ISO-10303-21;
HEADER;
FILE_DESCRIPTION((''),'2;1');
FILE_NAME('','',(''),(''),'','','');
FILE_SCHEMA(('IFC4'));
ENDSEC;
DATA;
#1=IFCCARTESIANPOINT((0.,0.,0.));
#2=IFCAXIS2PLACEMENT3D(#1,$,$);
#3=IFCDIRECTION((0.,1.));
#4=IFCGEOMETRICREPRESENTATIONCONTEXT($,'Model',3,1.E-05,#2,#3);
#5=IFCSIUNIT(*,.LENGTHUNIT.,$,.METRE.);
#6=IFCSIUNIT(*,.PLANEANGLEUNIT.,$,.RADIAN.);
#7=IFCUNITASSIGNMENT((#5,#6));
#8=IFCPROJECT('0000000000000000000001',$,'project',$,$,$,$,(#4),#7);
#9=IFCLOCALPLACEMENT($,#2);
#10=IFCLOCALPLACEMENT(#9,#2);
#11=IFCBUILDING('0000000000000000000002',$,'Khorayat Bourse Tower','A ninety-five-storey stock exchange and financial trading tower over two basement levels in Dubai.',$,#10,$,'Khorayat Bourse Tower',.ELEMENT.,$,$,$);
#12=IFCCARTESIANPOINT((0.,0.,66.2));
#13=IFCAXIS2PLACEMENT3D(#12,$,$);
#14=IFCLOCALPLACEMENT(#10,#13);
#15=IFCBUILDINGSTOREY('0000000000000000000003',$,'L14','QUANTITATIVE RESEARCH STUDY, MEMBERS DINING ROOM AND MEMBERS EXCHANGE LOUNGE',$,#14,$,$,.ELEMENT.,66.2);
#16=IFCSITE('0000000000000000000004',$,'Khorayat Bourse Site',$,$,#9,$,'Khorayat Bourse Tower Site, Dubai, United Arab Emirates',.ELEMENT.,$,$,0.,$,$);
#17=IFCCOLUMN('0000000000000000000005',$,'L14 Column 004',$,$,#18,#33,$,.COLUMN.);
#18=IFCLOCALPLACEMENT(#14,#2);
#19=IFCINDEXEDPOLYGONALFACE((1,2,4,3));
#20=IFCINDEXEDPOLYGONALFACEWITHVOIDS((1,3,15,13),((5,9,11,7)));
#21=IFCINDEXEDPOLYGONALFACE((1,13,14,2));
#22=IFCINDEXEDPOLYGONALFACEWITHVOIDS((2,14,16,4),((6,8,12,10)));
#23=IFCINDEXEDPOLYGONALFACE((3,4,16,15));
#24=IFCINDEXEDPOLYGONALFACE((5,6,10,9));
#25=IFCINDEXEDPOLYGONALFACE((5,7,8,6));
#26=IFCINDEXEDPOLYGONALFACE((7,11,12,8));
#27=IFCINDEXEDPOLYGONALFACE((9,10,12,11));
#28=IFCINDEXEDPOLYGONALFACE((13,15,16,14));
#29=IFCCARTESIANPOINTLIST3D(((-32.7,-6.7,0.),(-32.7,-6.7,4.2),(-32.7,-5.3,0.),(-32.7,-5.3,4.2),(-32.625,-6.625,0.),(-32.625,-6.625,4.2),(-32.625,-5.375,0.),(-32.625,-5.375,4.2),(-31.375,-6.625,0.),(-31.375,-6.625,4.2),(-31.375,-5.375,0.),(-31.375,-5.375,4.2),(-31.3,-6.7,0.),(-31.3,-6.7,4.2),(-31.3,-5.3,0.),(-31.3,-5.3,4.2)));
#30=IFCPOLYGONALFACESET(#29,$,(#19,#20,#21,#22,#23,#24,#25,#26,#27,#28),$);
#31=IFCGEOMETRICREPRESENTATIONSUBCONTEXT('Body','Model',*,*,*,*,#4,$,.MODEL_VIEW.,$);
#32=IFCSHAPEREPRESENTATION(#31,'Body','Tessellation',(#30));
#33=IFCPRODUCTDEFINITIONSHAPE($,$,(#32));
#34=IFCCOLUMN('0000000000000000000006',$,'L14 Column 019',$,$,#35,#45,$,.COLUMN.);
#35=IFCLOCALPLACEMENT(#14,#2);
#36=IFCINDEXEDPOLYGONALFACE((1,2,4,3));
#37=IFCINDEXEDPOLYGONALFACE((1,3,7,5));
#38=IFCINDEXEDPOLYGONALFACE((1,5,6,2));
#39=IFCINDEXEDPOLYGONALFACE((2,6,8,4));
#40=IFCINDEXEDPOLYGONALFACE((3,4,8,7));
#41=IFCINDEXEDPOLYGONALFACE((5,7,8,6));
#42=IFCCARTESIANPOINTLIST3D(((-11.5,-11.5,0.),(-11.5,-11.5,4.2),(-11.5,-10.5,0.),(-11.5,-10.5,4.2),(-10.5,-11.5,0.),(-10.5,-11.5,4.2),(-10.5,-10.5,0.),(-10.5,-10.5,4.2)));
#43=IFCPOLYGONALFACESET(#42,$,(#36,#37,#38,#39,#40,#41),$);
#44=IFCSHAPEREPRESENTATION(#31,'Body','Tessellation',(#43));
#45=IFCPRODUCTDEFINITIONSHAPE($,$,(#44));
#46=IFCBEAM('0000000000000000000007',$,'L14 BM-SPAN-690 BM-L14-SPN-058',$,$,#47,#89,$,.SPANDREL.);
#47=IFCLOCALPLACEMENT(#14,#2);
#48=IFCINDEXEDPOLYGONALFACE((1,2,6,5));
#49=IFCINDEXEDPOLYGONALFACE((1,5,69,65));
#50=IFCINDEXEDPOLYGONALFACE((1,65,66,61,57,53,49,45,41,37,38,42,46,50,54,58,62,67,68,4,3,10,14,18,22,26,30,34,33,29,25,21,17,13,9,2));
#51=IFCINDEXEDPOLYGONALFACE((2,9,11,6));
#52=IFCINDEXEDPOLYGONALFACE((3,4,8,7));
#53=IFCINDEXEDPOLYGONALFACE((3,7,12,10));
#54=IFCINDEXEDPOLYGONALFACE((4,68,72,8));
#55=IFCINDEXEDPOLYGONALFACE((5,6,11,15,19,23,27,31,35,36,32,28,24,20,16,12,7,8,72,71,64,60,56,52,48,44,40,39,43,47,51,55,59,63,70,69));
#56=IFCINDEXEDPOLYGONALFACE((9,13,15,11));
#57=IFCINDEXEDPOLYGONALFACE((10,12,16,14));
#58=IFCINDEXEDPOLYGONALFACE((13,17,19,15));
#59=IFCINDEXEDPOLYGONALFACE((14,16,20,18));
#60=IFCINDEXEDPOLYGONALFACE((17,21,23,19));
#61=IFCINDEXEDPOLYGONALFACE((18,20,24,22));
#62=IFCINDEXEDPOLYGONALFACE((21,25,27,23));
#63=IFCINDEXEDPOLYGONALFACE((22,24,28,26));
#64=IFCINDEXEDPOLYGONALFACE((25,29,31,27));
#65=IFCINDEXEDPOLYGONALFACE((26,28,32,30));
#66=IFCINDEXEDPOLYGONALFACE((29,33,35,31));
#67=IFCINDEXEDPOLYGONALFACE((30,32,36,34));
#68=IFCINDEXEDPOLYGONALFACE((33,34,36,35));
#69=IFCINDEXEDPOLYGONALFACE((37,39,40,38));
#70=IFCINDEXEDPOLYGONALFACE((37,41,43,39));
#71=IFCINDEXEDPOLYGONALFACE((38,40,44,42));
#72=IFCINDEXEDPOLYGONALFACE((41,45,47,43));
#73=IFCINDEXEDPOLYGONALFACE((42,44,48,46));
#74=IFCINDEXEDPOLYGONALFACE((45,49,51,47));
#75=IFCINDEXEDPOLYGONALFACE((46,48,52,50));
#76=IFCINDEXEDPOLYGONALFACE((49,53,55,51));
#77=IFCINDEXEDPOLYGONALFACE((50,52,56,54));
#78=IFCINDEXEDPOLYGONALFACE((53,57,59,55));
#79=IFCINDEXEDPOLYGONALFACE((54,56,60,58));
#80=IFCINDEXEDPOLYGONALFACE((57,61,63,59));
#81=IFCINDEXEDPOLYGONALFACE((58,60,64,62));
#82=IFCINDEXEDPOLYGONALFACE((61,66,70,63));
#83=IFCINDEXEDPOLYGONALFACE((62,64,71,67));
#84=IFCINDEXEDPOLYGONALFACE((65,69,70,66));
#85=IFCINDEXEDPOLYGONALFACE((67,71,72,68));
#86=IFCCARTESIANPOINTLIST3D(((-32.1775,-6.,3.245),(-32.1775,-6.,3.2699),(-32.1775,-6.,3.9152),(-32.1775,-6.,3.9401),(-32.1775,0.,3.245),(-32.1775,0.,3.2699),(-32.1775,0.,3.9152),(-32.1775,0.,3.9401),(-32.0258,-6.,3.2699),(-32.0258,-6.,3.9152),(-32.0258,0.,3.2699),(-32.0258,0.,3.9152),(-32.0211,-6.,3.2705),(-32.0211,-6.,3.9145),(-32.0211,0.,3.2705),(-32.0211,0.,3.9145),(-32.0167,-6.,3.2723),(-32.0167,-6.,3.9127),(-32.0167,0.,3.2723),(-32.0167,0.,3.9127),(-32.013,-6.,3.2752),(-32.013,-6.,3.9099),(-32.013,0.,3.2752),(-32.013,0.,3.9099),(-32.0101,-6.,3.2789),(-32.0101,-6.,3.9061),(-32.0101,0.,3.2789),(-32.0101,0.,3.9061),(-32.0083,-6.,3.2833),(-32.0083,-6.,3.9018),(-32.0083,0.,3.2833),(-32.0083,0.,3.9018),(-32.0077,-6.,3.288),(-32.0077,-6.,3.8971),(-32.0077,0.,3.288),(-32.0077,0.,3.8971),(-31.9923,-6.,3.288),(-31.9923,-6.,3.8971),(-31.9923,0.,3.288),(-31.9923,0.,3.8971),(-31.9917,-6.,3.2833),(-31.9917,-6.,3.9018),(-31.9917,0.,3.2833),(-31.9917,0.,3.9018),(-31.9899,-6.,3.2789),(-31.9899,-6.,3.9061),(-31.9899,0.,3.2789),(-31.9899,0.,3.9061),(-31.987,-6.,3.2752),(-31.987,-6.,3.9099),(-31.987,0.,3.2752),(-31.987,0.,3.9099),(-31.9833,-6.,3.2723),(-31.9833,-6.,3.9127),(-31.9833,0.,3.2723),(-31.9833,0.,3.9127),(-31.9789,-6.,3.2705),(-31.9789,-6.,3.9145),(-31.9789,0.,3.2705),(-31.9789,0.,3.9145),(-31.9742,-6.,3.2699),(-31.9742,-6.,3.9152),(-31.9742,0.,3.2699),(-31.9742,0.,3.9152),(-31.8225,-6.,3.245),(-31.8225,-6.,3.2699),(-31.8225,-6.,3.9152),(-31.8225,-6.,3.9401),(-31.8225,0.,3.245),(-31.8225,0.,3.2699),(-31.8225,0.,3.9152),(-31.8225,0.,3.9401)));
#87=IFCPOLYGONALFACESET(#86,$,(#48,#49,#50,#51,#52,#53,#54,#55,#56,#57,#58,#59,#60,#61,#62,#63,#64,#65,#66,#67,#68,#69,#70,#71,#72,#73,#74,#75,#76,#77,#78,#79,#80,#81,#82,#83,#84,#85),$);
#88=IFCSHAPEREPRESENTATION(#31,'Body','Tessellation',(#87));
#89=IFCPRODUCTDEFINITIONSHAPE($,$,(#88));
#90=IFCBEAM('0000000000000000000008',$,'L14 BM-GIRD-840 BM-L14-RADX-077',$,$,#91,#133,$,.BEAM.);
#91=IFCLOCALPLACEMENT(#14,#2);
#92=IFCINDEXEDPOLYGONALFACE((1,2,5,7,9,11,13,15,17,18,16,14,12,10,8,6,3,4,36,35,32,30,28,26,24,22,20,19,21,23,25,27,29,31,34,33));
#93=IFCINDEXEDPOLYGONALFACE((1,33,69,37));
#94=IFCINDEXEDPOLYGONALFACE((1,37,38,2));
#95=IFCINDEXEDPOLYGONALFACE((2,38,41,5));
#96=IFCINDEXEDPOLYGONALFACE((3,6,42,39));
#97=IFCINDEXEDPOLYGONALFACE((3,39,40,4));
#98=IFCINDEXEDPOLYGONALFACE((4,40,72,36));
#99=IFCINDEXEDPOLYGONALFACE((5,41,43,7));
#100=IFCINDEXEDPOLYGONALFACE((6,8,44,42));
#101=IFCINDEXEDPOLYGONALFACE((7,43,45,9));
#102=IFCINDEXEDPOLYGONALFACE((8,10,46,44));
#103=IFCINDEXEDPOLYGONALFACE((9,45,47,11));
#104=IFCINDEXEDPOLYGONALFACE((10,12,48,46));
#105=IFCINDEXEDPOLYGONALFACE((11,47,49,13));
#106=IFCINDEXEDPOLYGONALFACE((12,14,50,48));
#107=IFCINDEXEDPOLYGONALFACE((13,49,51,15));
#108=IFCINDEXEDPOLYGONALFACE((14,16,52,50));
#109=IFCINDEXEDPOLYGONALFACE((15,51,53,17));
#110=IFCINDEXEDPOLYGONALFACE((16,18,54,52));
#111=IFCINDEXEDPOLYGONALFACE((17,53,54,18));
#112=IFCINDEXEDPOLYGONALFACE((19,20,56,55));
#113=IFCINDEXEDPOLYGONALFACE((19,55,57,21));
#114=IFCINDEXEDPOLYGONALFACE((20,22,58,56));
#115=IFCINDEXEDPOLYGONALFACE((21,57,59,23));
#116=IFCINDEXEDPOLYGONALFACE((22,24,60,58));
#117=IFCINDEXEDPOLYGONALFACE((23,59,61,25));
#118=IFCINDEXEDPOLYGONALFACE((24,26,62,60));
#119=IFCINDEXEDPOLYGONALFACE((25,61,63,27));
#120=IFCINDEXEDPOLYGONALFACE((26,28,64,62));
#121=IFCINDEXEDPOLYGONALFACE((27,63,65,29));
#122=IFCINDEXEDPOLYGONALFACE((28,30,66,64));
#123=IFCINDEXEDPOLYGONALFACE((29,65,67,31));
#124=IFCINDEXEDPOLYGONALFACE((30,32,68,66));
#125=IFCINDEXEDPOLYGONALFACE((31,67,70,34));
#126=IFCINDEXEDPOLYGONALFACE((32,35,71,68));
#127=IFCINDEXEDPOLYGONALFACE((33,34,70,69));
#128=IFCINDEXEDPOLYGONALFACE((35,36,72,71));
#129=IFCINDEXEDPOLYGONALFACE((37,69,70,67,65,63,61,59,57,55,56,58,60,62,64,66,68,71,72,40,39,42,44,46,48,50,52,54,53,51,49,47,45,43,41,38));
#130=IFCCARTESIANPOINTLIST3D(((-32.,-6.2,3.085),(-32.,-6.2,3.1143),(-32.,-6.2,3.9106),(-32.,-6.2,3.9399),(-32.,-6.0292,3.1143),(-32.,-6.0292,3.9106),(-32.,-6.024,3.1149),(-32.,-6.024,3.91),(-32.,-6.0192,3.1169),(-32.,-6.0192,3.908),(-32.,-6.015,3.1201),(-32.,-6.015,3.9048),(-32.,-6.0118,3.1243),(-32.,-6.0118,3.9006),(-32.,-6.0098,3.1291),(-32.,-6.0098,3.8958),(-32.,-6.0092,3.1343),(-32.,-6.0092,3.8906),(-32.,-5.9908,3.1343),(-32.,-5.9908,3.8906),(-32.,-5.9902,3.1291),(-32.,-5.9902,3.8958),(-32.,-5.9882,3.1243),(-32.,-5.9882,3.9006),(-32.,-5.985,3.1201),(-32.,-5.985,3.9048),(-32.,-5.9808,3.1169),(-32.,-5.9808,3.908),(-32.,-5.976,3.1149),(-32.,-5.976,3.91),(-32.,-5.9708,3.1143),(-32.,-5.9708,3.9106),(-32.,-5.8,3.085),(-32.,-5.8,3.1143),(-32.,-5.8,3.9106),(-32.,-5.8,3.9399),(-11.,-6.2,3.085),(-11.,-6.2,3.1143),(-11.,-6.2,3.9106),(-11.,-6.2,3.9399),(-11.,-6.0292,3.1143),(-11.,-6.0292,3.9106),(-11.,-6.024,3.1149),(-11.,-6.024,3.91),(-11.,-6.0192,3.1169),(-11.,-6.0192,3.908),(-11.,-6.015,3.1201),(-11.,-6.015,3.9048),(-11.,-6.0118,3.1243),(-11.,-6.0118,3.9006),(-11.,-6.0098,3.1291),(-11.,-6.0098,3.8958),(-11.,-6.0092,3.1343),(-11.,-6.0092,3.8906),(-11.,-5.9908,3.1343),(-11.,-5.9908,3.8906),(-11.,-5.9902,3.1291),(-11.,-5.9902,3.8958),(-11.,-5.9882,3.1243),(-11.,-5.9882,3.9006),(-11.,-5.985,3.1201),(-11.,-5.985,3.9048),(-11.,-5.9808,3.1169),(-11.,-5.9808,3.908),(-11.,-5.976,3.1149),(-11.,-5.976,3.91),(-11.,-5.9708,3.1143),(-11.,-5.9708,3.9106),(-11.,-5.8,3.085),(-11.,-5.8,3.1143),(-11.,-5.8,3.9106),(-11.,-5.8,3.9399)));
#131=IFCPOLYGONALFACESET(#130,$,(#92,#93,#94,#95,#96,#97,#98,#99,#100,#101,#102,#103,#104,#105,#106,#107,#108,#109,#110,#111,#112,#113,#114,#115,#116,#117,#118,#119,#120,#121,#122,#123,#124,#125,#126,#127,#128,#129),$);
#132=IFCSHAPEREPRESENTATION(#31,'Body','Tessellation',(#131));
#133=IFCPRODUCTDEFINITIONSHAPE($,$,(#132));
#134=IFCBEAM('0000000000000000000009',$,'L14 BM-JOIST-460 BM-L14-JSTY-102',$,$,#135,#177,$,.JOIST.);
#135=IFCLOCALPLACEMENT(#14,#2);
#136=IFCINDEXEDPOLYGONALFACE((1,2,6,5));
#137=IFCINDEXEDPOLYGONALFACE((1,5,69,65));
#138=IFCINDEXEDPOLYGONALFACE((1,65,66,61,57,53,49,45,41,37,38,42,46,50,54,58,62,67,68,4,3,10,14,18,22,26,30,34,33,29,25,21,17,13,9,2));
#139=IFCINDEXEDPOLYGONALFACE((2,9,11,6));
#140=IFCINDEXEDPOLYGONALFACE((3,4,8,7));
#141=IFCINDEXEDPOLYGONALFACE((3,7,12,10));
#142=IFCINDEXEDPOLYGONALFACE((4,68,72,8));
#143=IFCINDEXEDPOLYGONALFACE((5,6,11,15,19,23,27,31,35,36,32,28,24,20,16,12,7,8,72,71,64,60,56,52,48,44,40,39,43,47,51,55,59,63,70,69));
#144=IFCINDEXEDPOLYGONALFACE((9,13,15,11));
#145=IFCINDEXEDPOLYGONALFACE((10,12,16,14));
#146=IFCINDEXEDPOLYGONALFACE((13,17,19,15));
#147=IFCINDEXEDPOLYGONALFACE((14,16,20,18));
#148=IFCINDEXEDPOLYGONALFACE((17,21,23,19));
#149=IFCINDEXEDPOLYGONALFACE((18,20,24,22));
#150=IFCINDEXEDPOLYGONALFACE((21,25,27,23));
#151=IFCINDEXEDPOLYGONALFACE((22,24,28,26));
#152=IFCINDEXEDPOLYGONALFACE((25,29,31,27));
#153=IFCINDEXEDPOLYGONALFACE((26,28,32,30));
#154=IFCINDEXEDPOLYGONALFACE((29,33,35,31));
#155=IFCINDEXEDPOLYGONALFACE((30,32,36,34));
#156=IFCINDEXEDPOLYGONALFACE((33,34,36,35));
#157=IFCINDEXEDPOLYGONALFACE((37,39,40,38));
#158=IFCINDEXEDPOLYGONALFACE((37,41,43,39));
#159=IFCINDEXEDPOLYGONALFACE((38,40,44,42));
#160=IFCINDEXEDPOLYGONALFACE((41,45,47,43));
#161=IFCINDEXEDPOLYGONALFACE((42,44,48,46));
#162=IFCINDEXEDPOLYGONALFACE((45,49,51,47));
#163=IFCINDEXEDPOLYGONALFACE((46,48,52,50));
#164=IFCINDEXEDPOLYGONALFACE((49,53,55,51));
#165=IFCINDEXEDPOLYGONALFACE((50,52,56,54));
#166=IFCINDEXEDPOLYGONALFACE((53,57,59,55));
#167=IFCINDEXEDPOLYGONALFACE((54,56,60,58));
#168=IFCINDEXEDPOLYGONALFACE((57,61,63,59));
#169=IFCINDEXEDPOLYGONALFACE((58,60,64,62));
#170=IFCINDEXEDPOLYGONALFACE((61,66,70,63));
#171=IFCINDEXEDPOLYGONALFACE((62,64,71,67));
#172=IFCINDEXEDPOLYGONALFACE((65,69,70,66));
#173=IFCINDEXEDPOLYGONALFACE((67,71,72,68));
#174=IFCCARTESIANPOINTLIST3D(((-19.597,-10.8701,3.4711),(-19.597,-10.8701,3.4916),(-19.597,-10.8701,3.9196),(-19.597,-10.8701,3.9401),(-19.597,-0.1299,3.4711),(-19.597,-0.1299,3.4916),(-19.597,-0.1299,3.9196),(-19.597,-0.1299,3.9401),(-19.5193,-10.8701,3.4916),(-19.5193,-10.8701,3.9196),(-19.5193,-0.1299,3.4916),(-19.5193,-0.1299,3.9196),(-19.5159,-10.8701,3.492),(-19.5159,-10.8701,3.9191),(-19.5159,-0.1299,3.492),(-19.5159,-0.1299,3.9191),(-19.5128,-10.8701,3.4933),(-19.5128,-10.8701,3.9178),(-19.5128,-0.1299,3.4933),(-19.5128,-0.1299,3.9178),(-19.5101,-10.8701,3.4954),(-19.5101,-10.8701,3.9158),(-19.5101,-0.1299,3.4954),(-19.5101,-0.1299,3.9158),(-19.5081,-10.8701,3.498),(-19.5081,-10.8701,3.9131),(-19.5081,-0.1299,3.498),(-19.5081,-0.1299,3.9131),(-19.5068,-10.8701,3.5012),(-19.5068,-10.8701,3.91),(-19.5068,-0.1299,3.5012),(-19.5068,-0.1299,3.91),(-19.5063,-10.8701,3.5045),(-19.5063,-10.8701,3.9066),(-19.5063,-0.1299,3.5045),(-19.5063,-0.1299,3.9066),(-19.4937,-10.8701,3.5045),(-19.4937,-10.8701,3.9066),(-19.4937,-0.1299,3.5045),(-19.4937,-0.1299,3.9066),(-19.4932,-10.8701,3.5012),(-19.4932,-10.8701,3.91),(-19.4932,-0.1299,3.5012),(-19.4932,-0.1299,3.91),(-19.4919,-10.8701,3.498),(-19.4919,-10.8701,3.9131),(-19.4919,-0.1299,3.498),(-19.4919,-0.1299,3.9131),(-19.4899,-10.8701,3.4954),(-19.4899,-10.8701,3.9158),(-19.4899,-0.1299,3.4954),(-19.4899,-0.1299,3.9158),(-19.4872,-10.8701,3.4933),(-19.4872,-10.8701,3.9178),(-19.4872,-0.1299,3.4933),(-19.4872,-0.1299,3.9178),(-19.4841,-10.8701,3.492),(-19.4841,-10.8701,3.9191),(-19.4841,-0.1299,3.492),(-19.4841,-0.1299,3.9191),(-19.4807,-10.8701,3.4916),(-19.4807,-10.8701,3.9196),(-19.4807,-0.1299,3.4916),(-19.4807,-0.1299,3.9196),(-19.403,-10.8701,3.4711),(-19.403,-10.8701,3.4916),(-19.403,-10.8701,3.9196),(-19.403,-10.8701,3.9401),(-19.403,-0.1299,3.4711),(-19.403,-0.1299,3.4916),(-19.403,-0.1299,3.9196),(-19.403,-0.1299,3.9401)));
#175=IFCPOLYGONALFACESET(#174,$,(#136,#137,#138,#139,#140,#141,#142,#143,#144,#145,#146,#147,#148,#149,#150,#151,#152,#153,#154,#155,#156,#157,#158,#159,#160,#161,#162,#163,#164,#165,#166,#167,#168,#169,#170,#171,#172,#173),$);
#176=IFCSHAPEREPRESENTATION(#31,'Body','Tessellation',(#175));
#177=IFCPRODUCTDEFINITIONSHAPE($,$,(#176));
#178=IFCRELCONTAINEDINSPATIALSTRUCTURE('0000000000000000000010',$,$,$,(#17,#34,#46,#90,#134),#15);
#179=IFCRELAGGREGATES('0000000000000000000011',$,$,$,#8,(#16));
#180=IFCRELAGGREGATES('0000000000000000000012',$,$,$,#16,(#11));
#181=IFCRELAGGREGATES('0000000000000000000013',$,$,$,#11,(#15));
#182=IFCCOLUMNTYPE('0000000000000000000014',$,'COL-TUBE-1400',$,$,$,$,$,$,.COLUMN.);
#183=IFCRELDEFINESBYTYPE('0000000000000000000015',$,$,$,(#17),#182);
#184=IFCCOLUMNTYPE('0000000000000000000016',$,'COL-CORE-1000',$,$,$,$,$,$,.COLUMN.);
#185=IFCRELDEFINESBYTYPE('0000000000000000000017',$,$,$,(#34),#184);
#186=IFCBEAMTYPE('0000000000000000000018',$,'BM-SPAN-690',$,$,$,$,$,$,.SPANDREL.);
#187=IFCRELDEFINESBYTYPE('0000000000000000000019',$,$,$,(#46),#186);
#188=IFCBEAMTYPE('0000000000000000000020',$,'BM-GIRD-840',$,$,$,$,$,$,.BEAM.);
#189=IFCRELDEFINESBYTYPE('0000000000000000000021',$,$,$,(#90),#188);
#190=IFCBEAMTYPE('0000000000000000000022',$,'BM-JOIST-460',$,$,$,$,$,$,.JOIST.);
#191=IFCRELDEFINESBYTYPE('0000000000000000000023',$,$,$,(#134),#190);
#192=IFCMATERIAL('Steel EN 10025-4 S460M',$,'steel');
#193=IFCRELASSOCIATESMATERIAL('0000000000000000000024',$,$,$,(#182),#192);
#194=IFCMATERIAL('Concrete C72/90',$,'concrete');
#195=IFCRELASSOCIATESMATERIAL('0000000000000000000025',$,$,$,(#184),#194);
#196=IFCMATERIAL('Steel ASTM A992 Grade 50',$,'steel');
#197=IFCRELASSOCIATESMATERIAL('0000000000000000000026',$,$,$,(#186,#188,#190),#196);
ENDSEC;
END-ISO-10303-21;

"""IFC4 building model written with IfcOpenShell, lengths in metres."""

from ifc_helpers import new_model, si_unit, direction, frame, origin, origin_2d, place, context, subcontext, project, spatial, rectangle, hollow_rectangle, i_section, extrude, source, transform, mapped, material, material_profile, profile_set, type_object, element, save


model = new_model("IFC4")

# Units and contexts
model_context = context("Model", 3, precision=1e-05, world=origin(), true_north=direction((0.0, 1.0)))
body_context = subcontext(model_context, "Body", "Model", "MODEL_VIEW")
ifc_project = project(units=[si_unit("LENGTHUNIT", "METRE"), si_unit("PLANEANGLEUNIT", "RADIAN")], contexts=[model_context])

# Site, building, storey
site_placement = place(None, origin())
site = spatial("IfcSite", under=ifc_project, at=site_placement, Name="Khorayat Bourse Site", LongName="Khorayat Bourse Tower Site, Dubai, United Arab Emirates", CompositionType="ELEMENT", RefElevation=0.0)
building_placement = place(site_placement, origin())
building = spatial("IfcBuilding", under=site, at=building_placement, Name="Khorayat Bourse Tower", Description="A ninety-five-storey stock exchange and financial trading tower over two basement levels in Dubai.", LongName="Khorayat Bourse Tower", CompositionType="ELEMENT")
storey_placement = place(building_placement, frame((0.0, 0.0, 66.2)))
storey = spatial("IfcBuildingStorey", under=building, at=storey_placement, Name="L14", Description="QUANTITATIVE RESEARCH STUDY, MEMBERS DINING ROOM AND MEMBERS EXCHANGE LOUNGE", CompositionType="ELEMENT", Elevation=66.2)

# Columns
ifc_material_1 = material(Name="Steel EN 10025-4 S460M", Category="steel")
ifc_material_profile_1 = material_profile(ifc_material_1, hollow_rectangle(XDim=1.3999, YDim=1.3999, WallThickness=0.075, at=origin_2d()), Name="BOX 1400x1400x75")
ifc_profile_set_1 = profile_set([ifc_material_profile_1], Name="Steel EN 10025-4 S460M")
column_type_1 = type_object("IfcColumnType", Name="COL-TUBE-1400", PredefinedType="COLUMN", material=ifc_profile_set_1)
shared_shape_1 = source(origin(), body_context, "Body", "SweptSolid", [
    extrude(hollow_rectangle(XDim=1.3999, YDim=1.3999, WallThickness=0.075, at=origin_2d()), origin(), (0.0, 0.0, 1.0), 4.2),
])
column_1_placement = place(storey_placement, frame((-32.0, -6.0, 0.0), z_axis=(0.0, 0.0, 1.0), x_axis=(1.0, 0.0, 0.0)))
element("IfcColumn", 1, at=column_1_placement, inside=storey, type_object=column_type_1, Name="L14 Column 004", PredefinedType="COLUMN", context=body_context, shape_type="MappedRepresentation", body=[
    mapped(shared_shape_1, transform((0.0, 0.0, 0.0), scale=1.0)),
])
ifc_material_2 = material(Name="Concrete C72/90", Category="concrete")
ifc_material_profile_2 = material_profile(ifc_material_2, rectangle(XDim=1.0, YDim=1.0, at=origin_2d()), Name="RC 1000x1000")
ifc_profile_set_2 = profile_set([ifc_material_profile_2], Name="Concrete C72/90")
column_type_2 = type_object("IfcColumnType", Name="COL-CORE-1000", PredefinedType="COLUMN", material=ifc_profile_set_2)
shared_shape_2 = source(origin(), body_context, "Body", "SweptSolid", [
    extrude(rectangle(XDim=1.0, YDim=1.0, at=origin_2d()), origin(), (0.0, 0.0, 1.0), 4.2),
])
column_2_placement = place(storey_placement, frame((-11.0, -11.0, 0.0), z_axis=(0.0, 0.0, 1.0), x_axis=(1.0, 0.0, 0.0)))
element("IfcColumn", 2, at=column_2_placement, inside=storey, type_object=column_type_2, Name="L14 Column 019", PredefinedType="COLUMN", context=body_context, shape_type="MappedRepresentation", body=[
    mapped(shared_shape_2, transform((0.0, 0.0, 0.0), scale=1.0)),
])

# Beams
ifc_material_3 = material(Name="Steel ASTM A992 Grade 50", Category="steel")
ifc_material_profile_3 = material_profile(ifc_material_3, i_section(OverallWidth=0.355, OverallDepth=0.6951, WebThickness=0.0154, FlangeThickness=0.0249, FilletRadius=0.0181, at=origin_2d()), Name="W690X217")
ifc_profile_set_3 = profile_set([ifc_material_profile_3], Name="Steel ASTM A992 Grade 50")
beam_type_1 = type_object("IfcBeamType", Name="BM-SPAN-690", PredefinedType="SPANDREL", material=ifc_profile_set_3)
shared_shape_3 = source(origin(), body_context, "Body", "SweptSolid", [
    extrude(i_section(OverallWidth=0.355, OverallDepth=0.6951, WebThickness=0.0154, FlangeThickness=0.0249, FilletRadius=0.0181, at=origin_2d()), origin(), (0.0, 0.0, 1.0), 6.0),
])
beam_1_placement = place(storey_placement, frame((-32.0, -6.0, 3.5925), z_axis=(0.0, 1.0, 0.0), x_axis=(-1.0, 0.0, 0.0)))
element("IfcBeam", 3, at=beam_1_placement, inside=storey, type_object=beam_type_1, Name="L14 BM-SPAN-690 BM-L14-SPN-058", PredefinedType="SPANDREL", context=body_context, shape_type="MappedRepresentation", body=[
    mapped(shared_shape_3, transform((0.0, 0.0, 0.0), scale=1.0)),
])
ifc_material_profile_4 = material_profile(ifc_material_3, i_section(OverallWidth=0.3999, OverallDepth=0.855, WebThickness=0.0183, FlangeThickness=0.0293, FilletRadius=0.02, at=origin_2d()), Name="W840X299")
ifc_profile_set_4 = profile_set([ifc_material_profile_4], Name="Steel ASTM A992 Grade 50")
beam_type_2 = type_object("IfcBeamType", Name="BM-GIRD-840", PredefinedType="BEAM", material=ifc_profile_set_4)
shared_shape_4 = source(origin(), body_context, "Body", "SweptSolid", [
    extrude(i_section(OverallWidth=0.3999, OverallDepth=0.855, WebThickness=0.0183, FlangeThickness=0.0293, FilletRadius=0.02, at=origin_2d()), origin(), (0.0, 0.0, 1.0), 21.0),
])
beam_2_placement = place(storey_placement, frame((-32.0, -6.0, 3.5125), z_axis=(1.0, 0.0, 0.0), x_axis=(0.0, 1.0, 0.0)))
element("IfcBeam", 4, at=beam_2_placement, inside=storey, type_object=beam_type_2, Name="L14 BM-GIRD-840 BM-L14-RADX-077", PredefinedType="BEAM", context=body_context, shape_type="MappedRepresentation", body=[
    mapped(shared_shape_4, transform((0.0, 0.0, 0.0), scale=1.0)),
])
ifc_material_profile_5 = material_profile(ifc_material_3, i_section(OverallWidth=0.1941, OverallDepth=0.469, WebThickness=0.0127, FlangeThickness=0.0205, FilletRadius=0.0129, at=origin_2d()), Name="W460X106")
ifc_profile_set_5 = profile_set([ifc_material_profile_5], Name="Steel ASTM A992 Grade 50")
beam_type_3 = type_object("IfcBeamType", Name="BM-JOIST-460", PredefinedType="JOIST", material=ifc_profile_set_5)
shared_shape_5 = source(origin(), body_context, "Body", "SweptSolid", [
    extrude(i_section(OverallWidth=0.1941, OverallDepth=0.469, WebThickness=0.0127, FlangeThickness=0.0205, FilletRadius=0.0129, at=origin_2d()), origin(), (0.0, 0.0, 1.0), 10.7402),
])
beam_3_placement = place(storey_placement, frame((-19.5, -10.8701, 3.7056), z_axis=(0.0, 1.0, 0.0), x_axis=(-1.0, 0.0, 0.0)))
element("IfcBeam", 5, at=beam_3_placement, inside=storey, type_object=beam_type_3, Name="L14 BM-JOIST-460 BM-L14-JSTY-102", PredefinedType="JOIST", context=body_context, shape_type="MappedRepresentation", body=[
    mapped(shared_shape_5, transform((0.0, 0.0, 0.0), scale=1.0)),
])

save(model, "model.ifc")
